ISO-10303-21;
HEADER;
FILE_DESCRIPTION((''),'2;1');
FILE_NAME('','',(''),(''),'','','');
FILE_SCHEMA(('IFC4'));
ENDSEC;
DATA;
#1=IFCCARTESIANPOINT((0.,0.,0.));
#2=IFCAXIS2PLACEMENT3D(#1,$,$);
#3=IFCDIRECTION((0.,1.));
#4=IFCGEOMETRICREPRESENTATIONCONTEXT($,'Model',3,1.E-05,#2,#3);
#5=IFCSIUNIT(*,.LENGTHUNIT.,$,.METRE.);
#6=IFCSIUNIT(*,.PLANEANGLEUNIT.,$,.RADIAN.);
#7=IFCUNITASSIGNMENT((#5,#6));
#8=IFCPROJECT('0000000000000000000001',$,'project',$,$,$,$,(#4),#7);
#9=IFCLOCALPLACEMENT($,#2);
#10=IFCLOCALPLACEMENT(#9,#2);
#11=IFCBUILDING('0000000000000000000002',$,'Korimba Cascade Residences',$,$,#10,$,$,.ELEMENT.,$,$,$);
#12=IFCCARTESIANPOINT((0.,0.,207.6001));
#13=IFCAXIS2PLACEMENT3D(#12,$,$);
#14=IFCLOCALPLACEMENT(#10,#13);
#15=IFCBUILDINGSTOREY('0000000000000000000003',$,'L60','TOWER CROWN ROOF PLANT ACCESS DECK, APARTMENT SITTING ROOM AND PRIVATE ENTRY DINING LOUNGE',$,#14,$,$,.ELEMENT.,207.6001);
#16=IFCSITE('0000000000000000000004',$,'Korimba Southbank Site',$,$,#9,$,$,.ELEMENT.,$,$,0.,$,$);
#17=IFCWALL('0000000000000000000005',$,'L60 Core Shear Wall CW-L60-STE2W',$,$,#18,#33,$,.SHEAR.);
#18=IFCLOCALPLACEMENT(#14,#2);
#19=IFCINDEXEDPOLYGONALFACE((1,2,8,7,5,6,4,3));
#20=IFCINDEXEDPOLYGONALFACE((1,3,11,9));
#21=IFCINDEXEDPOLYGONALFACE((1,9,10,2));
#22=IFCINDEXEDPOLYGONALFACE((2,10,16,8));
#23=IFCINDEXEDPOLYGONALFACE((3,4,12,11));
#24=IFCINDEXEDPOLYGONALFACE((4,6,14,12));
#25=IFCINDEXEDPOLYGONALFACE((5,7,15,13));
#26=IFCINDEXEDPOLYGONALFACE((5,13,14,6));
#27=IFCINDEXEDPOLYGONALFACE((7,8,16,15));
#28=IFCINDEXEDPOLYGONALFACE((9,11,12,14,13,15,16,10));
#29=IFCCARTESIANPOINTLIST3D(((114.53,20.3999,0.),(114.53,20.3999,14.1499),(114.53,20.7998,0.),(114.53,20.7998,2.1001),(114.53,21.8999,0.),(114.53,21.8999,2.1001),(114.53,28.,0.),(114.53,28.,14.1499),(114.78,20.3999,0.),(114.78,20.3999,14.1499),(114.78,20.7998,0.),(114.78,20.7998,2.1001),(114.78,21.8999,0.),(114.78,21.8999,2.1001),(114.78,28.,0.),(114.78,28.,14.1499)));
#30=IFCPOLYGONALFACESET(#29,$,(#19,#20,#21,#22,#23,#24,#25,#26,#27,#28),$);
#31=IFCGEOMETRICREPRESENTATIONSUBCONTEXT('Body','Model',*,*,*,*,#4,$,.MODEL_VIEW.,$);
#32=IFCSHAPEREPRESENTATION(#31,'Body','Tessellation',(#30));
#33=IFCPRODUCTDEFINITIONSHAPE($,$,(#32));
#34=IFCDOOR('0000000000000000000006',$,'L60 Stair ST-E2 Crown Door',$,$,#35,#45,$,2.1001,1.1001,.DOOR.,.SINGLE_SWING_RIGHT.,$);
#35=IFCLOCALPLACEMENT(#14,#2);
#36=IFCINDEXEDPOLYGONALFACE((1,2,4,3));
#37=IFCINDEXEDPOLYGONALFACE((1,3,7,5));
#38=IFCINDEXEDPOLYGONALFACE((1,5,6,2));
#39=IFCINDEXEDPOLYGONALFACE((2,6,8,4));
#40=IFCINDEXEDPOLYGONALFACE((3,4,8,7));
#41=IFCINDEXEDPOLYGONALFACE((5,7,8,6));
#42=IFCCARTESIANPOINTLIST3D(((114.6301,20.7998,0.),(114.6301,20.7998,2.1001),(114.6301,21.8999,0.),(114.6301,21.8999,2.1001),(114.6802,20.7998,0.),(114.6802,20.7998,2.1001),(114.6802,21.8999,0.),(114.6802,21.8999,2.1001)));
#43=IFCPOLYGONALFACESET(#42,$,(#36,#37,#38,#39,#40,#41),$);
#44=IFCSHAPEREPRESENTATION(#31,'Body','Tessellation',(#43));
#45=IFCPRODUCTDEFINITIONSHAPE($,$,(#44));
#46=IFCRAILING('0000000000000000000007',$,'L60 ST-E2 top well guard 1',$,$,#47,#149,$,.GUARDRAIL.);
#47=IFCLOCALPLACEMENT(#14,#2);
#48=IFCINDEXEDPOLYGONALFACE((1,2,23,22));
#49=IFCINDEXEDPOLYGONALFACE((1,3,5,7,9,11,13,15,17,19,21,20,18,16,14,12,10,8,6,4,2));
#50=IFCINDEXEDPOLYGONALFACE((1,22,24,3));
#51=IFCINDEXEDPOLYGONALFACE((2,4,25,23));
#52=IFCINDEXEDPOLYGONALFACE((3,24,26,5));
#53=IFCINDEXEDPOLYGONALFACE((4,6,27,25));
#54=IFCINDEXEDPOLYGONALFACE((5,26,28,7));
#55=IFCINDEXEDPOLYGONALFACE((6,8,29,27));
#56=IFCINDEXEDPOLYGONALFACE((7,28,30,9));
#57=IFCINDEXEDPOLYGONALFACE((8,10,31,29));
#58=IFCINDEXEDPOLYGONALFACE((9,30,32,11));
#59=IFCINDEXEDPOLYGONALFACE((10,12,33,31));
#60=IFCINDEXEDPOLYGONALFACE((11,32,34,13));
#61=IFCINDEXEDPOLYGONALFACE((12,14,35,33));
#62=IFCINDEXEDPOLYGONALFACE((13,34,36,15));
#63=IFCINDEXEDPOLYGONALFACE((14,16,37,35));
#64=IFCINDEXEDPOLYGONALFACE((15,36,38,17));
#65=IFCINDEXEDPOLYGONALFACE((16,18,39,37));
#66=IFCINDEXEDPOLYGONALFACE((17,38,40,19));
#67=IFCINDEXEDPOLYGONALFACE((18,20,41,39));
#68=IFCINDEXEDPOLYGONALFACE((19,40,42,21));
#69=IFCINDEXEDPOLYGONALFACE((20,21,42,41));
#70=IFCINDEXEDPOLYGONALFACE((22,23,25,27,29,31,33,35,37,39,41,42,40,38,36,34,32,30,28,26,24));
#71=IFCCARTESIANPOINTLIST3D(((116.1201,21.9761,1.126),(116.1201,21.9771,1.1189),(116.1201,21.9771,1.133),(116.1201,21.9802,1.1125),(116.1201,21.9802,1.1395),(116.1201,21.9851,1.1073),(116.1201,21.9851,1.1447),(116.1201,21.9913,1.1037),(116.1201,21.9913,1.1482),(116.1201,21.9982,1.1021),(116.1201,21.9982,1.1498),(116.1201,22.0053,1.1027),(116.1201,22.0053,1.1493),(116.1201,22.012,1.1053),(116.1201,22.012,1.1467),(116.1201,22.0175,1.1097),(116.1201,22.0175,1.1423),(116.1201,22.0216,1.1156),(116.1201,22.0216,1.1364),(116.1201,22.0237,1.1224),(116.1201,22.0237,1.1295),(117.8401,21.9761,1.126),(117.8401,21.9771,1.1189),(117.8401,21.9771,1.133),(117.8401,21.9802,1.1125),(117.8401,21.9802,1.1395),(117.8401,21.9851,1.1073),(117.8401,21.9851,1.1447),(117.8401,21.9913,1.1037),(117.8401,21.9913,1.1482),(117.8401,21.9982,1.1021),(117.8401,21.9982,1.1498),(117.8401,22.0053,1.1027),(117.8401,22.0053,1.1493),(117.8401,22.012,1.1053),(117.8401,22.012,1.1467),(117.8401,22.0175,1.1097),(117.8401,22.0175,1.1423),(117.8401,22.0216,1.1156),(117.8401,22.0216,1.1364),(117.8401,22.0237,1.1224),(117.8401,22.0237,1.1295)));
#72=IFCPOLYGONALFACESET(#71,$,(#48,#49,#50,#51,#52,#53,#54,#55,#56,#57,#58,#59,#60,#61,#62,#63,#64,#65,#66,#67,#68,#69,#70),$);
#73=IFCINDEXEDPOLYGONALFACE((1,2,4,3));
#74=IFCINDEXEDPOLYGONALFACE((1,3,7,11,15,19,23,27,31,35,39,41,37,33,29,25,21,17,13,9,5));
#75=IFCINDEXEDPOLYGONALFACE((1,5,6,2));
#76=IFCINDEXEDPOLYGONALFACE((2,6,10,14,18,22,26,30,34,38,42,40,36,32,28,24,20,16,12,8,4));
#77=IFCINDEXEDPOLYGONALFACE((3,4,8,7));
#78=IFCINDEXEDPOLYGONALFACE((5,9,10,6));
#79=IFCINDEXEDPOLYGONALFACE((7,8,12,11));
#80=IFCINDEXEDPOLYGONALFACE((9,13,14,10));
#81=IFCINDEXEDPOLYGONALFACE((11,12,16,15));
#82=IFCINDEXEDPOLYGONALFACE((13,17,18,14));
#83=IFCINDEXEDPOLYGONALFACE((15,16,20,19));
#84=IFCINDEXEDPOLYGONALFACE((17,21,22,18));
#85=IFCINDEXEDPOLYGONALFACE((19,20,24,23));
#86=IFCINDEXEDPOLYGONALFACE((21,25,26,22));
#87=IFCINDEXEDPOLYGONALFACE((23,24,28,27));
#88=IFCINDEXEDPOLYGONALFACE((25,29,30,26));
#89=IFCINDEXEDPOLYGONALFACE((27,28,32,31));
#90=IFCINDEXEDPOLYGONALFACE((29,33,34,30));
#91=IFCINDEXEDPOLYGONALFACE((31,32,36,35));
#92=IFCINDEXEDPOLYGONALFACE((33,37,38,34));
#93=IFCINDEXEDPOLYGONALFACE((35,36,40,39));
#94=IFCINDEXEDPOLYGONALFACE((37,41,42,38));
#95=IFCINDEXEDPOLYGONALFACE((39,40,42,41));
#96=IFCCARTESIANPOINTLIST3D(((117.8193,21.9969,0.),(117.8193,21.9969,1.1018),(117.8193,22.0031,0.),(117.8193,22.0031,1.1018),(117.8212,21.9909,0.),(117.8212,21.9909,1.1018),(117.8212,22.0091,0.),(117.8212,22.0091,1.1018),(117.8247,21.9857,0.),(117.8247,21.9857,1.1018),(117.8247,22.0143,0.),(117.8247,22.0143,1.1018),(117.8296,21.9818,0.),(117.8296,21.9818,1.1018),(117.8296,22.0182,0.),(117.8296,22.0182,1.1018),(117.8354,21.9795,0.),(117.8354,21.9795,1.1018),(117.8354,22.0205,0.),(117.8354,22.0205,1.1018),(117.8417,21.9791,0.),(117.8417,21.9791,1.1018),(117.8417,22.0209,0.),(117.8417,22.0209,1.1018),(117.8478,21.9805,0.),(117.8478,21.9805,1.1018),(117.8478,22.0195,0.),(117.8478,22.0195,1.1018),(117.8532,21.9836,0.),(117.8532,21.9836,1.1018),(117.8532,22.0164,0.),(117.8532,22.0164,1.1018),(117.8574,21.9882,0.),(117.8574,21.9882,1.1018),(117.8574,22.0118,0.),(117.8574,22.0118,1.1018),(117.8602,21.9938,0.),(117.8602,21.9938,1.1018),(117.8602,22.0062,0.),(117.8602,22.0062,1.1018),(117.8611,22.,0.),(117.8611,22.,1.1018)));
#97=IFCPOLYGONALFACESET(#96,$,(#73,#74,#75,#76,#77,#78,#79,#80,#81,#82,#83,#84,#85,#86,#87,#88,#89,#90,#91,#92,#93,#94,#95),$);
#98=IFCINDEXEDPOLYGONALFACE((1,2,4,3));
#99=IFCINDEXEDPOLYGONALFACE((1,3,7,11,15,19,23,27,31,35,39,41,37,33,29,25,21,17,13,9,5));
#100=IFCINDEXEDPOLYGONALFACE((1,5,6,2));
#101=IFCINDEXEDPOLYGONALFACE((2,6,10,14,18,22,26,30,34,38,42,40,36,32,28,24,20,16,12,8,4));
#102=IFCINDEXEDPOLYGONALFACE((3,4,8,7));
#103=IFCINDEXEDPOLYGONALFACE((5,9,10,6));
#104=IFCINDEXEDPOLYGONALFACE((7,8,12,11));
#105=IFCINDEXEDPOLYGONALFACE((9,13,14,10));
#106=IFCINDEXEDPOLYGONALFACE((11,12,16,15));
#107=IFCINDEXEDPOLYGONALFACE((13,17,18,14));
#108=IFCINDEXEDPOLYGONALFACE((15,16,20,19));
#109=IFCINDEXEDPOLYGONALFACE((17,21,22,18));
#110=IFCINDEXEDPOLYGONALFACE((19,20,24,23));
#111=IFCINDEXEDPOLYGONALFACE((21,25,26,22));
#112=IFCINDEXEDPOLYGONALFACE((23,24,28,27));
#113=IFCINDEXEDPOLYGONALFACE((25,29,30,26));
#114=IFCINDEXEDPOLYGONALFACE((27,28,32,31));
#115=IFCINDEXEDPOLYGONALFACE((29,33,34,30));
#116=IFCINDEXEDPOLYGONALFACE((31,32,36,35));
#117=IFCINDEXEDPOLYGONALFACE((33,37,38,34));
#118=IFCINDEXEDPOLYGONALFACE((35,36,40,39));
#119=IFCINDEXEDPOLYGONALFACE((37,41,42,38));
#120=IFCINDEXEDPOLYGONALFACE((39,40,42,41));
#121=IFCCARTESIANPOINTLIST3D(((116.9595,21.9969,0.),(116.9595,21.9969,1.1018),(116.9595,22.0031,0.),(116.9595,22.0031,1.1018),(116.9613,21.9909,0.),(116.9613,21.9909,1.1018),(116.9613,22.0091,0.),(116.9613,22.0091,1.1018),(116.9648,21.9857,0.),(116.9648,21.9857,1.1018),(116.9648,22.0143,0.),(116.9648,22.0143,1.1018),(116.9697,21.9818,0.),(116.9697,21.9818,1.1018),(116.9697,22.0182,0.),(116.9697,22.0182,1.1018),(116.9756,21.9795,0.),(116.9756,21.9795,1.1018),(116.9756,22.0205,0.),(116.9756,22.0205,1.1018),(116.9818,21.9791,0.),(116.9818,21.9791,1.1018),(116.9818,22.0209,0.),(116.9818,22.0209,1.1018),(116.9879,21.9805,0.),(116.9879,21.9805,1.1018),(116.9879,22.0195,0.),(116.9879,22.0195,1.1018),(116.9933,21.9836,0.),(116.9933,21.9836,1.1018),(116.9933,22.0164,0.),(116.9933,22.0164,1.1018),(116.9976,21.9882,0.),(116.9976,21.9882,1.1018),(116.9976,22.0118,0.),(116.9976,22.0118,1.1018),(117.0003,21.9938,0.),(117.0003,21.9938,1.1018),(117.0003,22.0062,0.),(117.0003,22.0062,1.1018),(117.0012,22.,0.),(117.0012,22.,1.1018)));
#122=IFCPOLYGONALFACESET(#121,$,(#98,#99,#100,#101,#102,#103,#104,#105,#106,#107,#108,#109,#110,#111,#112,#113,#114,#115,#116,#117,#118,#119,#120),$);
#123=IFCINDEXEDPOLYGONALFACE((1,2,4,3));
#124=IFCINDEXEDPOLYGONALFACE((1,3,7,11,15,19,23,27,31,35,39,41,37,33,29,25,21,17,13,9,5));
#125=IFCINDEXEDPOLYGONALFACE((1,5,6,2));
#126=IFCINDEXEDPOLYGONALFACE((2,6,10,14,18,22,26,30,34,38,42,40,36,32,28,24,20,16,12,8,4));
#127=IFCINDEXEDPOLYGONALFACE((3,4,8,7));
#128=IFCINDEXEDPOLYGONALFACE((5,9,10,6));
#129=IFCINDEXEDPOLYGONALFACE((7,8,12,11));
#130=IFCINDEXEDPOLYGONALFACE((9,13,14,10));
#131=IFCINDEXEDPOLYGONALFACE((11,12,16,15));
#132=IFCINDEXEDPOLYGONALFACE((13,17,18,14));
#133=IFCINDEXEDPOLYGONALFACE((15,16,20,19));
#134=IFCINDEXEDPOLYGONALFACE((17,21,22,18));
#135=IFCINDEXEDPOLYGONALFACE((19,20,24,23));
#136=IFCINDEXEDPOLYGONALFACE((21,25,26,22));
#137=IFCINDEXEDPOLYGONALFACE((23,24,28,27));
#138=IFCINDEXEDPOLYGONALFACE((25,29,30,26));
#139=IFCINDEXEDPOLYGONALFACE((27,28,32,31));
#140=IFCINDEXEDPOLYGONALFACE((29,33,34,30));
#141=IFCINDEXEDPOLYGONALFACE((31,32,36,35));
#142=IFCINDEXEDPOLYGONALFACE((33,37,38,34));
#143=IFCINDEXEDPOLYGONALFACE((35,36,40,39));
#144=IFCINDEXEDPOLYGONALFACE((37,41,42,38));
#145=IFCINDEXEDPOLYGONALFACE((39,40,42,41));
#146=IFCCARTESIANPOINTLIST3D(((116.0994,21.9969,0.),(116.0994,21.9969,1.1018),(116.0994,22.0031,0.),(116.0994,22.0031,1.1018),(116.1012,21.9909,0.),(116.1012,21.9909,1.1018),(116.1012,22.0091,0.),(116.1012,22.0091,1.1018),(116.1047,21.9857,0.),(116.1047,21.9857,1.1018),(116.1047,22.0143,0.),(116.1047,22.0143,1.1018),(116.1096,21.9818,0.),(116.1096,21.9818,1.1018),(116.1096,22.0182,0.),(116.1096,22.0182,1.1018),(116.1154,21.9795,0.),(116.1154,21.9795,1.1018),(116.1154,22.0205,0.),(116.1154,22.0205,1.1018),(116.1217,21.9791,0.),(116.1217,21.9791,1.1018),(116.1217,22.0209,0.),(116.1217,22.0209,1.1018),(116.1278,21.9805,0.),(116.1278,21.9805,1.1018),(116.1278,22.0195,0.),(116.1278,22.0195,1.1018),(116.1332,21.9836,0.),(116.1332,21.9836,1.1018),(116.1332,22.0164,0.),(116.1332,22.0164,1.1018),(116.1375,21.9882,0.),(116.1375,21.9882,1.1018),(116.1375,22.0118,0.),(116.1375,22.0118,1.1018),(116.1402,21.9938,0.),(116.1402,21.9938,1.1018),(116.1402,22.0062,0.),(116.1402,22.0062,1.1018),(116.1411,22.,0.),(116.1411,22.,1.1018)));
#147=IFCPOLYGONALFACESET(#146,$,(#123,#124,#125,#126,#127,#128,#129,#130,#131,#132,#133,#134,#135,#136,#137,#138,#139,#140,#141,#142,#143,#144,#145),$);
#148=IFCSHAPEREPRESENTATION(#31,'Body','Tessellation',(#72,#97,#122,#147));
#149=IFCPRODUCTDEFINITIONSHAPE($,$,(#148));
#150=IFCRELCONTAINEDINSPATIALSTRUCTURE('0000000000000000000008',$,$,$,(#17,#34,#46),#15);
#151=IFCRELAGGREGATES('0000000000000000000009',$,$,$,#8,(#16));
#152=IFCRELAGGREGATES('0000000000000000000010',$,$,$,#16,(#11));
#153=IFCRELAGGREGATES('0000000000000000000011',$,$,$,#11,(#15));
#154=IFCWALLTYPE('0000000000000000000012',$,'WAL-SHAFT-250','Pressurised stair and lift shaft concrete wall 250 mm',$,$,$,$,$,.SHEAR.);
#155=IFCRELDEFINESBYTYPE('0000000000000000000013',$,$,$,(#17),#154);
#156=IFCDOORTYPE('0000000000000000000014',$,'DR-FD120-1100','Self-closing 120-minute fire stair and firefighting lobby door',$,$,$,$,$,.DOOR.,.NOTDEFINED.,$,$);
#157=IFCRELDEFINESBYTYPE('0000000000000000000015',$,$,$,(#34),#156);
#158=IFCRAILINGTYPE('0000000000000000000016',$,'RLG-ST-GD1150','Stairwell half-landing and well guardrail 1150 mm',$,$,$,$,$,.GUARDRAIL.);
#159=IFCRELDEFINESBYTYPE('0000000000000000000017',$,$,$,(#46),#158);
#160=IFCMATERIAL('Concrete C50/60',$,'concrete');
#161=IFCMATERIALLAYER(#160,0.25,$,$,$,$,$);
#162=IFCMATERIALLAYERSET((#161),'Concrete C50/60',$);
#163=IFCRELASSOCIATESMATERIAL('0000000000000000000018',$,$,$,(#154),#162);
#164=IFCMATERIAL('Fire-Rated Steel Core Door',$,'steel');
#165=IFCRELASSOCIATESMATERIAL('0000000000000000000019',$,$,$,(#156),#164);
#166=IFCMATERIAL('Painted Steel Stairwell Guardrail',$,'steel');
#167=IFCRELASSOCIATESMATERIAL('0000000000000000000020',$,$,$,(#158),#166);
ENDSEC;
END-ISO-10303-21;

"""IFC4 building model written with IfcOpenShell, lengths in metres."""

from ifc_helpers import new_model, si_unit, direction, frame, frame_2d, origin, origin_2d, place, context, subcontext, project, spatial, rectangle, circle, extrude, material, layer, layer_set, type_object, element, fill, save


model = new_model("IFC4")

# Units and contexts
model_context = context("Model", 3, precision=1e-05, world=origin(), true_north=direction((0.0, 1.0)))
body_context = subcontext(model_context, "Body", "Model", "MODEL_VIEW")
ifc_project = project(units=[si_unit("LENGTHUNIT", "METRE"), si_unit("PLANEANGLEUNIT", "RADIAN")], contexts=[model_context])

# Site, building, storey
site_placement = place(None, origin())
site = spatial("IfcSite", under=ifc_project, at=site_placement, Name="Korimba Southbank Site", CompositionType="ELEMENT", RefElevation=0.0)
building_placement = place(site_placement, origin())
building = spatial("IfcBuilding", under=site, at=building_placement, Name="Korimba Cascade Residences", CompositionType="ELEMENT")
storey_placement = place(building_placement, frame((0.0, 0.0, 207.6001)))
storey = spatial("IfcBuildingStorey", under=building, at=storey_placement, Name="L60", Description="TOWER CROWN ROOF PLANT ACCESS DECK, APARTMENT SITTING ROOM AND PRIVATE ENTRY DINING LOUNGE", CompositionType="ELEMENT", Elevation=207.6001)

# Shared definitions
ifc_material_1 = material(Name="Concrete C50/60", Category="concrete")
ifc_layer_1 = layer(ifc_material_1, 0.25)
ifc_layer_set_1 = layer_set([ifc_layer_1], Name="Concrete C50/60")
wall_type = type_object("IfcWallType", Name="WAL-SHAFT-250", Description="Pressurised stair and lift shaft concrete wall 250 mm", PredefinedType="SHEAR", material=ifc_layer_set_1)

# Wall, opening, door
wall_1_placement = place(storey_placement, frame((114.655, 20.3999, 0.0), z_axis=(0.0, 0.0, 1.0), x_axis=(0.0, 1.0, 0.0)))
wall_1 = element("IfcWall", 1, at=wall_1_placement, inside=storey, type_object=wall_type, Name="L60 Core Shear Wall CW-L60-STE2W", PredefinedType="SHEAR", context=body_context, shape_type="SweptSolid", body=[
    extrude(rectangle(XDim=7.6001, YDim=0.25, at=frame_2d((3.8, 0.0))), origin(), (0.0, 0.0, 1.0), 14.1499),
])
opening_placement = place(wall_1_placement, frame((0.3999, 0.0, 0.0)))
opening = element("IfcOpeningElement", 2, at=opening_placement, cuts=wall_1, PredefinedType="OPENING", context=body_context, shape_type="SweptSolid", body=[
    extrude(rectangle(XDim=1.1001, YDim=2.1001, at=frame_2d((0.55, 1.05))), frame((0.0, 0.135, 0.0), z_axis=(0.0, -1.0, 0.0), x_axis=(1.0, 0.0, 0.0)), (0.0, 0.0, 1.0), 0.27),
])
ifc_material_2 = material(Name="Fire-Rated Steel Core Door", Category="steel")
door_type = type_object("IfcDoorType", Name="DR-FD120-1100", Description="Self-closing 120-minute fire stair and firefighting lobby door", OperationType="NOTDEFINED", PredefinedType="DOOR", material=ifc_material_2)
door_placement = place(opening_placement, origin())
door = element("IfcDoor", 3, at=door_placement, inside=storey, type_object=door_type, Name="L60 Stair ST-E2 Crown Door", OperationType="SINGLE_SWING_RIGHT", OverallHeight=2.1001, OverallWidth=1.1001, PredefinedType="DOOR", context=body_context, shape_type="SweptSolid", body=[
    extrude(rectangle(XDim=1.1001, YDim=2.1001, at=frame_2d((0.55, 1.05))), frame((0.0, 0.0249, 0.0), z_axis=(0.0, -1.0, 0.0), x_axis=(1.0, 0.0, 0.0)), (0.0, 0.0, 1.0), 0.05),
])
fill(opening, door)

# Railing
ifc_material_3 = material(Name="Painted Steel Stairwell Guardrail", Category="steel")
railing_type = type_object("IfcRailingType", Name="RLG-ST-GD1150", Description="Stairwell half-landing and well guardrail 1150 mm", PredefinedType="GUARDRAIL", material=ifc_material_3)
railing_placement = place(storey_placement, frame((117.8401, 22.0, 0.0)))
element("IfcRailing", 4, at=railing_placement, inside=storey, type_object=railing_type, Name="L60 ST-E2 top well guard 1", PredefinedType="GUARDRAIL", context=body_context, shape_type="SweptSolid", body=[
    extrude(circle(Radius=0.0239, at=origin_2d()), frame((0.0, 0.0, 1.126), z_axis=(-1.0, 0.0, 0.0), x_axis=(0.0, -1.0, 0.0)), (0.0, 0.0, 1.0), 1.72),
    extrude(circle(Radius=0.021, at=origin_2d()), origin(), (0.0, 0.0, 1.0), 1.1018),
    extrude(circle(Radius=0.021, at=origin_2d()), frame((-0.8599, 0.0, 0.0)), (0.0, 0.0, 1.0), 1.1018),
    extrude(circle(Radius=0.021, at=origin_2d()), frame((-1.72, 0.0, 0.0)), (0.0, 0.0, 1.0), 1.1018),
])

save(model, "model.ifc")
